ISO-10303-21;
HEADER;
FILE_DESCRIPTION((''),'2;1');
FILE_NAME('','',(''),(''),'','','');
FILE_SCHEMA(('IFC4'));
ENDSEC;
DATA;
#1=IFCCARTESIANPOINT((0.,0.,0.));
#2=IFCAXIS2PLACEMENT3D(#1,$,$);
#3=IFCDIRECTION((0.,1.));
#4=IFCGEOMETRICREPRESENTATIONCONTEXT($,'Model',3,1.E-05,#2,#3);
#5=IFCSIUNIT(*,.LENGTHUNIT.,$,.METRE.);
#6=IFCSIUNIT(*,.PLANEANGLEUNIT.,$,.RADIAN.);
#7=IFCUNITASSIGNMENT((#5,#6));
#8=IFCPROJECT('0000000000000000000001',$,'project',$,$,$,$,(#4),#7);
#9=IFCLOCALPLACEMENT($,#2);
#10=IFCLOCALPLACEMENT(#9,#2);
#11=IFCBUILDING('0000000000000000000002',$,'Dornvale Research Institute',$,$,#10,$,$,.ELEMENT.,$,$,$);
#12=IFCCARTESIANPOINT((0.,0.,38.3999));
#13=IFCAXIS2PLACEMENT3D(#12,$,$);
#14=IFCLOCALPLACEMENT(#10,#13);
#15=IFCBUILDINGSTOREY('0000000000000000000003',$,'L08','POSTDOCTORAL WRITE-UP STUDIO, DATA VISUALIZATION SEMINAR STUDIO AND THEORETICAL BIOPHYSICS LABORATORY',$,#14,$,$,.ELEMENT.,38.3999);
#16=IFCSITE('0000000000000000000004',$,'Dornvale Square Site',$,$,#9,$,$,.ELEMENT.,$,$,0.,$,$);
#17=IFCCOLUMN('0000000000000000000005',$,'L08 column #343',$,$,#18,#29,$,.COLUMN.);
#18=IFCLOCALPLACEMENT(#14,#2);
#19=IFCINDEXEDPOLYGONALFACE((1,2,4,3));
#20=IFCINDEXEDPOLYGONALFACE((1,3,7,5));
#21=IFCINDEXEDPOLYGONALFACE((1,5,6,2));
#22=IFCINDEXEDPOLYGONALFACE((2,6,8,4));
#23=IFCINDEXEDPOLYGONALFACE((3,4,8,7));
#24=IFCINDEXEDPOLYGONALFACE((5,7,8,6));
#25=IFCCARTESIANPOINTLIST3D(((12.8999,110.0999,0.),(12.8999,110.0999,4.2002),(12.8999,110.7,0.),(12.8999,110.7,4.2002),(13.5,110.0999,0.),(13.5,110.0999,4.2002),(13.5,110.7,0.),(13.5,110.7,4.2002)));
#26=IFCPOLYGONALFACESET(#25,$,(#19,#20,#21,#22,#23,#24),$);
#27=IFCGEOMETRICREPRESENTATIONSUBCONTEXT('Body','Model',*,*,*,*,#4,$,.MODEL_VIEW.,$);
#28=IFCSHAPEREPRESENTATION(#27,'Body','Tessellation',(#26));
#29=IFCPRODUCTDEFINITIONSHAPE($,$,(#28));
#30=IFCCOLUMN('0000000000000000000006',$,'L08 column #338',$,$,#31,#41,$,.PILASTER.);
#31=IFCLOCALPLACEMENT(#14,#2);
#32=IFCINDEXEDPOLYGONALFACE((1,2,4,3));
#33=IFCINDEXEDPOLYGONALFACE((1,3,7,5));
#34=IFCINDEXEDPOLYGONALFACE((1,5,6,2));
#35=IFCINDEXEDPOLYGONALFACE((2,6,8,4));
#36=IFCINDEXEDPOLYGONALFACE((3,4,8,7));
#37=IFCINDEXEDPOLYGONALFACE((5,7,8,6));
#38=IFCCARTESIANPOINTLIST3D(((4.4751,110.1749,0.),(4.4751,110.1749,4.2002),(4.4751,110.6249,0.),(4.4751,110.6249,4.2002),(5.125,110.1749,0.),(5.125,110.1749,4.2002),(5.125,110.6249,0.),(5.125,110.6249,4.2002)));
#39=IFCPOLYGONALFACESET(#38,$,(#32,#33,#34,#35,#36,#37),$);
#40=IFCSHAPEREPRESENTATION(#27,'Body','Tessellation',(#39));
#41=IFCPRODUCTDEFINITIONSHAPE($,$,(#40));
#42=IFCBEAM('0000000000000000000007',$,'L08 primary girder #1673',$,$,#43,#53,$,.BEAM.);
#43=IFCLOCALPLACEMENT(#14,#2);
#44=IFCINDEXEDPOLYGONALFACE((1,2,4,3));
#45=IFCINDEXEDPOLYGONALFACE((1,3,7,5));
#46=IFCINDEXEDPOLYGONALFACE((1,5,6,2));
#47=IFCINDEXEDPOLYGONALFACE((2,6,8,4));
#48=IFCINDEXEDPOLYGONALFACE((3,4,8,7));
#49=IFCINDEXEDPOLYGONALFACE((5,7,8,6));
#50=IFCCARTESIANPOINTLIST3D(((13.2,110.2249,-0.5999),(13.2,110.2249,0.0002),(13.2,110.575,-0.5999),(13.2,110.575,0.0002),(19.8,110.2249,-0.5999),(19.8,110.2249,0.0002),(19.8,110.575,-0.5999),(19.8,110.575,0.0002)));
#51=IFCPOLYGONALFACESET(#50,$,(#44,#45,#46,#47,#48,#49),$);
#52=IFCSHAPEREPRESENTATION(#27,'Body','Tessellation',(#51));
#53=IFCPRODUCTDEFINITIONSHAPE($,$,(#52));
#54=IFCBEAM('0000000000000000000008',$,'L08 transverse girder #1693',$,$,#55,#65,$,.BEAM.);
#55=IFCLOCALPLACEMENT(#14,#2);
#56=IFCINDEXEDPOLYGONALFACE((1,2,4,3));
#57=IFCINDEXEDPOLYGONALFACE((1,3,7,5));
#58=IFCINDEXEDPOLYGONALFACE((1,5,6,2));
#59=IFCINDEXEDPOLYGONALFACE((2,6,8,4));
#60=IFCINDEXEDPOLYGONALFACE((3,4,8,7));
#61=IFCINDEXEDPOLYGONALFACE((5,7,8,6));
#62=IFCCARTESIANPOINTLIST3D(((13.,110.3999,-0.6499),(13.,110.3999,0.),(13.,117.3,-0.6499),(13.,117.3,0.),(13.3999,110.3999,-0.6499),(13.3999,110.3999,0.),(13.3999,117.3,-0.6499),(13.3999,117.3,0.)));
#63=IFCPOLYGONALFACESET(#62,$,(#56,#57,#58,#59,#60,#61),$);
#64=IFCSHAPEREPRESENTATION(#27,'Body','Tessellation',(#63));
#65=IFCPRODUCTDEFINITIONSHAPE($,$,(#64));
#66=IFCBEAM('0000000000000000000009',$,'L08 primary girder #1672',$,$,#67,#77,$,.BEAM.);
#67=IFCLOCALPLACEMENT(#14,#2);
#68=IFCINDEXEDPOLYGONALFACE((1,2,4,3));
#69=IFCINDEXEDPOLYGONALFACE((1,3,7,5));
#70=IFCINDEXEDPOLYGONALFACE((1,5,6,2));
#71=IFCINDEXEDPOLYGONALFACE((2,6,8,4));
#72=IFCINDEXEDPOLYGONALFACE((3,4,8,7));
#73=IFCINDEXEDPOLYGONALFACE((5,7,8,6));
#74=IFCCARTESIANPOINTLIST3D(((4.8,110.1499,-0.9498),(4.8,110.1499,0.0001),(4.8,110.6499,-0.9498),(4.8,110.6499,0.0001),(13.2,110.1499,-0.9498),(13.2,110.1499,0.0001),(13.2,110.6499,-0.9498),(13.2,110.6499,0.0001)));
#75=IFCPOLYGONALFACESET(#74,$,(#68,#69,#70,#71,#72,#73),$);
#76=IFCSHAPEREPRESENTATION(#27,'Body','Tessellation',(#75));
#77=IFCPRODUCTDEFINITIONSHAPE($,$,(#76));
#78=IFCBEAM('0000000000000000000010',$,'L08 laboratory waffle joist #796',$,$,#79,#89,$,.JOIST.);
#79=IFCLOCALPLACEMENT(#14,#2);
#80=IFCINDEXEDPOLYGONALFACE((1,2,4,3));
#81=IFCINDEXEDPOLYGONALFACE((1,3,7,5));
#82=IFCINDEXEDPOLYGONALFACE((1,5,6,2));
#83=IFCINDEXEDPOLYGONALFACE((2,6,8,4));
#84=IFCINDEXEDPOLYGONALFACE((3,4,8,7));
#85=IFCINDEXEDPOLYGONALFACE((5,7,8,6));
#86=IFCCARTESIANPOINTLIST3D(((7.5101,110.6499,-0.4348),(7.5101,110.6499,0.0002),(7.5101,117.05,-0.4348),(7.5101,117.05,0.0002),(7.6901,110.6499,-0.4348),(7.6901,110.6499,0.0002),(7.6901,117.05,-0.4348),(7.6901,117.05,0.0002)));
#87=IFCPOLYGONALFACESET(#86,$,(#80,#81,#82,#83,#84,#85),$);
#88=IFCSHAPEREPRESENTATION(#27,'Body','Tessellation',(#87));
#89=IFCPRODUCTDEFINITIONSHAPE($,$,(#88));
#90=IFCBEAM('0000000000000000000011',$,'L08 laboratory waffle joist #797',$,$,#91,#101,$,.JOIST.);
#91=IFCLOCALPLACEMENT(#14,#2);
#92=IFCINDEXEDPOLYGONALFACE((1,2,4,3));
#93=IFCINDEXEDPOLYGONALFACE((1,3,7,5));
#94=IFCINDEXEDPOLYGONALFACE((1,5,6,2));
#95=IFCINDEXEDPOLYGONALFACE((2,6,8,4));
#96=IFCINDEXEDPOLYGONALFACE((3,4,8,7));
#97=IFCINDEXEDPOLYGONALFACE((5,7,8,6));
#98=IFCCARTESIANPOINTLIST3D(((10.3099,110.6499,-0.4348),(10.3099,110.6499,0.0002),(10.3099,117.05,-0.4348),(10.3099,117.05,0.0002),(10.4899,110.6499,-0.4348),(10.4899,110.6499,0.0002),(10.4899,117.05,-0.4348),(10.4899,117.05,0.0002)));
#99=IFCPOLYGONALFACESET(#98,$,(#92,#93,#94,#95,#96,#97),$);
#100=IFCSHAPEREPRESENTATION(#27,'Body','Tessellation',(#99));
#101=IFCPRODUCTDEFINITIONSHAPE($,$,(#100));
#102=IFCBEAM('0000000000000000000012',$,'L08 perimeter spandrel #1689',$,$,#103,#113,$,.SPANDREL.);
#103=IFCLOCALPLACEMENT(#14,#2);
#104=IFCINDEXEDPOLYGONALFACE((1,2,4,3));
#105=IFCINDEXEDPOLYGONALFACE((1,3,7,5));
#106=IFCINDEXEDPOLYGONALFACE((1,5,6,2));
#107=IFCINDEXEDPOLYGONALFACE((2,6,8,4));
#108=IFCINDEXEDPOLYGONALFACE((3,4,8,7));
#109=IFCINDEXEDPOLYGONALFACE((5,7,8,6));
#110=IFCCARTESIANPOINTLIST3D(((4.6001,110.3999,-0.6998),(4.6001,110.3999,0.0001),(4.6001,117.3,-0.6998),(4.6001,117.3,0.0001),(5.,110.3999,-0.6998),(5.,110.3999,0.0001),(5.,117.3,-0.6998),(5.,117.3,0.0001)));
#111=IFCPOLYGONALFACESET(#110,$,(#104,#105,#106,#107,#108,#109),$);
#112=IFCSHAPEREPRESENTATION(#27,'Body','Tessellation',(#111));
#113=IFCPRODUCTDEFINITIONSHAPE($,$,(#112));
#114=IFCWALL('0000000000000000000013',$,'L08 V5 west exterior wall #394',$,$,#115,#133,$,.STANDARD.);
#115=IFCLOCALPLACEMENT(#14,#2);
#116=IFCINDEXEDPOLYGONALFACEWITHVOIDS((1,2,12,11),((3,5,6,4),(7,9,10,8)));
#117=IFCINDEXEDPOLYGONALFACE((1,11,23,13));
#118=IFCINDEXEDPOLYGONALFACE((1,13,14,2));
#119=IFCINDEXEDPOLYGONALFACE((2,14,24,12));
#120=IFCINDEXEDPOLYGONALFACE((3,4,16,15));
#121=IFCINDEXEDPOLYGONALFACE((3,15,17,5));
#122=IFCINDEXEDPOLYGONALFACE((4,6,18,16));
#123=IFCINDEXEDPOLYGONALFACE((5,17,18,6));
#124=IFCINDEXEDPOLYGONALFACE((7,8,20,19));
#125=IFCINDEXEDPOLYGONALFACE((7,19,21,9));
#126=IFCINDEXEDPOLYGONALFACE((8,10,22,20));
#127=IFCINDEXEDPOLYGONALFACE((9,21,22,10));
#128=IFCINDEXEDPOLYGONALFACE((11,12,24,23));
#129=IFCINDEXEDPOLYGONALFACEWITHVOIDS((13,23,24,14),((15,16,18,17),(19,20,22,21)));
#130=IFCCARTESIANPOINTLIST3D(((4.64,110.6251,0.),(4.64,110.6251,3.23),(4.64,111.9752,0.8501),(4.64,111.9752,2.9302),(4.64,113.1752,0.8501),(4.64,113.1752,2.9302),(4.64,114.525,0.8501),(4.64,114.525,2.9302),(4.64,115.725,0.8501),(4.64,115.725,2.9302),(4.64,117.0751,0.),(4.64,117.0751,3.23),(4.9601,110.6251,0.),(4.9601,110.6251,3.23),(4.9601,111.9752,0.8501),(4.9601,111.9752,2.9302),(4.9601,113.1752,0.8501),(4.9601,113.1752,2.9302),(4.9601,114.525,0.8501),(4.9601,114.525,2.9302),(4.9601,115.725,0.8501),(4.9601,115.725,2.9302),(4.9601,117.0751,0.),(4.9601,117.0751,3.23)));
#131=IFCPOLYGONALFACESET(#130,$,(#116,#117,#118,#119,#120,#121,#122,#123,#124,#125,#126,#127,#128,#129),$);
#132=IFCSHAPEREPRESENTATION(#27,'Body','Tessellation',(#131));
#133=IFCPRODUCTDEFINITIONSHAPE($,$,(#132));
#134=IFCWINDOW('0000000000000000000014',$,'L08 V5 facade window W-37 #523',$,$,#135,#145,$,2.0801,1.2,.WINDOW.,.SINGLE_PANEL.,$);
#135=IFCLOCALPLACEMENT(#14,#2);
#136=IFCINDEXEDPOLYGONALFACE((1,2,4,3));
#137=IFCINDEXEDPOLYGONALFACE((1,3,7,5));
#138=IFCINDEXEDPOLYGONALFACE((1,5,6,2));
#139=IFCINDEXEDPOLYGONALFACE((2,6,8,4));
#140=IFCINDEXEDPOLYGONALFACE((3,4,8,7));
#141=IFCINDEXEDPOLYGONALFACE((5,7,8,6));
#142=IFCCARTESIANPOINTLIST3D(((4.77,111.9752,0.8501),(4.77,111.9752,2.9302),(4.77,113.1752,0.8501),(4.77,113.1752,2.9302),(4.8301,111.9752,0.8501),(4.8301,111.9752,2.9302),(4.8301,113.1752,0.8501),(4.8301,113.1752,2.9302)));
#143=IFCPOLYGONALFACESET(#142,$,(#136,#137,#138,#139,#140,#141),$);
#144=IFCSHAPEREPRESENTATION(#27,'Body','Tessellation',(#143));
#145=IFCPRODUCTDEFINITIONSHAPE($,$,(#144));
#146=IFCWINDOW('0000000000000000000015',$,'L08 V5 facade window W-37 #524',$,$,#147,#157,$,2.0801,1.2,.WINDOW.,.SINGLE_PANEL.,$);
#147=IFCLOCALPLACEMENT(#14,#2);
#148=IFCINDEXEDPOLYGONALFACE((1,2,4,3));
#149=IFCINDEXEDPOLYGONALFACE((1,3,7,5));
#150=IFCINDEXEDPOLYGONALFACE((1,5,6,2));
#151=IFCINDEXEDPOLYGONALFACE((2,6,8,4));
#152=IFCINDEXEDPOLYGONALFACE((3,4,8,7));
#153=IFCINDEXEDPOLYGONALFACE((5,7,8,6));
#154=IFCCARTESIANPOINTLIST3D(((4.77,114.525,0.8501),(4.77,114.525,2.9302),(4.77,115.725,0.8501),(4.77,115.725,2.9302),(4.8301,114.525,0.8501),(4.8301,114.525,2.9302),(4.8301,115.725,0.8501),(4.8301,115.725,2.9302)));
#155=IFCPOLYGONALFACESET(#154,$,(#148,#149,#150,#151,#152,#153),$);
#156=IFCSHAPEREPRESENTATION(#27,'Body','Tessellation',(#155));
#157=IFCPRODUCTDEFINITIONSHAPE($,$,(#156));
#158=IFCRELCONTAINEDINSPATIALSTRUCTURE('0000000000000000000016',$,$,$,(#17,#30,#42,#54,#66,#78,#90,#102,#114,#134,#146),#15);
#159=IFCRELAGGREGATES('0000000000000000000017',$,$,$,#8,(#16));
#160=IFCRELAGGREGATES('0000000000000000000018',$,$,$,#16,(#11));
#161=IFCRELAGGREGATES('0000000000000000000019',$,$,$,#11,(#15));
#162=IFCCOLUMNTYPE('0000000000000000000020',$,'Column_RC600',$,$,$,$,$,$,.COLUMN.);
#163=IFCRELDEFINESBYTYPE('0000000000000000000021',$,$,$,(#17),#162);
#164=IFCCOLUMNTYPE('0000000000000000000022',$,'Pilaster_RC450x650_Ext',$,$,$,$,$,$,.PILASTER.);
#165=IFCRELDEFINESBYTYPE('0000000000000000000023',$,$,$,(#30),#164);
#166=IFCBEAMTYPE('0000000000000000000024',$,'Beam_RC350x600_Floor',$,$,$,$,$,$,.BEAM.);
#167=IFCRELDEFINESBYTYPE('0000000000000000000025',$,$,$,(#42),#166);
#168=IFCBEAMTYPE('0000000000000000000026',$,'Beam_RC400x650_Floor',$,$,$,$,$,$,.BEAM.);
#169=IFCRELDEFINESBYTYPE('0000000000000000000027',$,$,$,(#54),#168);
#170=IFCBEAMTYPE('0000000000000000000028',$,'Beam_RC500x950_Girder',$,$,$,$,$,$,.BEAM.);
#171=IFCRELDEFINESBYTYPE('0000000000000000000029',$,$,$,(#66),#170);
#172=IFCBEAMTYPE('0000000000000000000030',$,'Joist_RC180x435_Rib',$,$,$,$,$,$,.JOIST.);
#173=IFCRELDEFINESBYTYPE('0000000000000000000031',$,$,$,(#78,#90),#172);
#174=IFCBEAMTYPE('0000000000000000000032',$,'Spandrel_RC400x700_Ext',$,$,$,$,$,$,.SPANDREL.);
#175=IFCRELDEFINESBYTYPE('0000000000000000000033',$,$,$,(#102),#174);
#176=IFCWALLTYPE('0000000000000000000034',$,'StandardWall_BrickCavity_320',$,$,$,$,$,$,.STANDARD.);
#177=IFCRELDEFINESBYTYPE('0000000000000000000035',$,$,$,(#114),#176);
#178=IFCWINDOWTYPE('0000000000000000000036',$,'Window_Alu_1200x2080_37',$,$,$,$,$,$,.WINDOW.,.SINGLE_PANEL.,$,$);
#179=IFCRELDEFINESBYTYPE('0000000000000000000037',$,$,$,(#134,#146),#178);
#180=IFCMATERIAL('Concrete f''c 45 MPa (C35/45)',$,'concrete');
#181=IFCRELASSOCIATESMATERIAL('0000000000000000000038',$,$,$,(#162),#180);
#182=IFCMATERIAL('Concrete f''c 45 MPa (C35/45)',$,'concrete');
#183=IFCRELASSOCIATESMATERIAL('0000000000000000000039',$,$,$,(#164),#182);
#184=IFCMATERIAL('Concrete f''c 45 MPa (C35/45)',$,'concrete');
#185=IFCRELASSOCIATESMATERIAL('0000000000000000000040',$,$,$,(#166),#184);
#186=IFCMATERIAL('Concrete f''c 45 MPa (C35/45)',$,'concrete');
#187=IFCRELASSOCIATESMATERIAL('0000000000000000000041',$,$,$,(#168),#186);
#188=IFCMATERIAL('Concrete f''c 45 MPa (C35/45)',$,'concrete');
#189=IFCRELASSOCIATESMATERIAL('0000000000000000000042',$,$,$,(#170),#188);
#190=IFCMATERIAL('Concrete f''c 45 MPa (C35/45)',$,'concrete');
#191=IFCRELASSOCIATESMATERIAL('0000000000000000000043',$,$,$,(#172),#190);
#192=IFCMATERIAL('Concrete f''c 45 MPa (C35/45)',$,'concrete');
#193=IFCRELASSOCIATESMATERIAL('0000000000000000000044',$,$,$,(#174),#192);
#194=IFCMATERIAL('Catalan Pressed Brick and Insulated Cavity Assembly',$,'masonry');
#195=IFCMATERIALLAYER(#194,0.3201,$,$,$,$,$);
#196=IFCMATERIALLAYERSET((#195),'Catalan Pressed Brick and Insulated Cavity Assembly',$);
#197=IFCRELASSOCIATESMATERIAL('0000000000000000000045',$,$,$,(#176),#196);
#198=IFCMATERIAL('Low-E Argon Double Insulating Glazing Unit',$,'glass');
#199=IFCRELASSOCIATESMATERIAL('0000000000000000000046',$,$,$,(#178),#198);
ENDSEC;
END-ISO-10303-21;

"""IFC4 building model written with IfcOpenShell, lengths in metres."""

from ifc_helpers import new_model, si_unit, direction, frame, frame_2d, origin, origin_2d, place, context, subcontext, project, spatial, rectangle, extrude, material, layer, layer_set, material_profile, profile_set, type_object, element, fill, save


model = new_model("IFC4")

# Units and contexts
model_context = context("Model", 3, precision=1e-05, world=origin(), true_north=direction((0.0, 1.0)))
body_context = subcontext(model_context, "Body", "Model", "MODEL_VIEW")
ifc_project = project(units=[si_unit("LENGTHUNIT", "METRE"), si_unit("PLANEANGLEUNIT", "RADIAN")], contexts=[model_context])

# Site, building, storey
site_placement = place(None, origin())
site = spatial("IfcSite", under=ifc_project, at=site_placement, Name="Dornvale Square Site", CompositionType="ELEMENT", RefElevation=0.0)
building_placement = place(site_placement, origin())
building = spatial("IfcBuilding", under=site, at=building_placement, Name="Dornvale Research Institute", CompositionType="ELEMENT")
storey_placement = place(building_placement, frame((0.0, 0.0, 38.3999)))
storey = spatial("IfcBuildingStorey", under=building, at=storey_placement, Name="L08", Description="POSTDOCTORAL WRITE-UP STUDIO, DATA VISUALIZATION SEMINAR STUDIO AND THEORETICAL BIOPHYSICS LABORATORY", CompositionType="ELEMENT", Elevation=38.3999)

# Columns
ifc_material_1 = material(Name="Concrete f'c 45 MPa (C35/45)", Category="concrete")
ifc_material_profile_1 = material_profile(ifc_material_1, rectangle(XDim=0.6001, YDim=0.6001, at=origin_2d()), Name="RC 600x600")
ifc_profile_set_1 = profile_set([ifc_material_profile_1], Name="Concrete f'c 45 MPa (C35/45)")
column_type_1 = type_object("IfcColumnType", Name="Column_RC600", PredefinedType="COLUMN", material=ifc_profile_set_1)
column_1_placement = place(storey_placement, frame((13.2, 110.3999, 0.0), z_axis=(0.0, 0.0, 1.0), x_axis=(1.0, 0.0, 0.0)))
element("IfcColumn", 1, at=column_1_placement, inside=storey, type_object=column_type_1, Name="L08 column #343", PredefinedType="COLUMN", context=body_context, shape_type="SweptSolid", body=[
    extrude(rectangle(XDim=0.6001, YDim=0.6001, at=origin_2d()), origin(), (0.0, 0.0, 1.0), 4.2002),
])
ifc_material_2 = material(Name="Concrete f'c 45 MPa (C35/45)", Category="concrete")
ifc_material_profile_2 = material_profile(ifc_material_2, rectangle(XDim=0.45, YDim=0.6499, at=origin_2d()), Name="RC 450x650")
ifc_profile_set_2 = profile_set([ifc_material_profile_2], Name="Concrete f'c 45 MPa (C35/45)")
column_type_2 = type_object("IfcColumnType", Name="Pilaster_RC450x650_Ext", PredefinedType="PILASTER", material=ifc_profile_set_2)
column_2_placement = place(storey_placement, frame((4.8, 110.3999, 0.0), z_axis=(0.0, 0.0, 1.0), x_axis=(0.0, 1.0, 0.0)))
element("IfcColumn", 2, at=column_2_placement, inside=storey, type_object=column_type_2, Name="L08 column #338", PredefinedType="PILASTER", context=body_context, shape_type="SweptSolid", body=[
    extrude(rectangle(XDim=0.45, YDim=0.6499, at=origin_2d()), origin(), (0.0, 0.0, 1.0), 4.2002),
])

# Beams
ifc_material_3 = material(Name="Concrete f'c 45 MPa (C35/45)", Category="concrete")
ifc_material_profile_3 = material_profile(ifc_material_3, rectangle(XDim=0.3501, YDim=0.6001, at=origin_2d()), Name="RC 350x600")
ifc_profile_set_3 = profile_set([ifc_material_profile_3], Name="Concrete f'c 45 MPa (C35/45)")
beam_type_1 = type_object("IfcBeamType", Name="Beam_RC350x600_Floor", PredefinedType="BEAM", material=ifc_profile_set_3)
beam_1_placement = place(storey_placement, frame((13.2, 110.3999, -0.2998), z_axis=(1.0, 0.0, 0.0), x_axis=(0.0, 1.0, 0.0)))
element("IfcBeam", 3, at=beam_1_placement, inside=storey, type_object=beam_type_1, Name="L08 primary girder #1673", PredefinedType="BEAM", context=body_context, shape_type="SweptSolid", body=[
    extrude(rectangle(XDim=0.3501, YDim=0.6001, at=origin_2d()), origin(), (0.0, 0.0, 1.0), 6.6001),
])
ifc_material_4 = material(Name="Concrete f'c 45 MPa (C35/45)", Category="concrete")
ifc_material_profile_4 = material_profile(ifc_material_4, rectangle(XDim=0.3999, YDim=0.6499, at=origin_2d()), Name="RC 400x650")
ifc_profile_set_4 = profile_set([ifc_material_profile_4], Name="Concrete f'c 45 MPa (C35/45)")
beam_type_2 = type_object("IfcBeamType", Name="Beam_RC400x650_Floor", PredefinedType="BEAM", material=ifc_profile_set_4)
beam_2_placement = place(storey_placement, frame((13.2, 110.3999, -0.325), z_axis=(0.0, 1.0, 0.0), x_axis=(-1.0, 0.0, 0.0)))
element("IfcBeam", 4, at=beam_2_placement, inside=storey, type_object=beam_type_2, Name="L08 transverse girder #1693", PredefinedType="BEAM", context=body_context, shape_type="SweptSolid", body=[
    extrude(rectangle(XDim=0.3999, YDim=0.6499, at=origin_2d()), origin(), (0.0, 0.0, 1.0), 6.9001),
])
ifc_material_5 = material(Name="Concrete f'c 45 MPa (C35/45)", Category="concrete")
ifc_material_profile_5 = material_profile(ifc_material_5, rectangle(XDim=0.5, YDim=0.95, at=origin_2d()), Name="RC 500x950")
ifc_profile_set_5 = profile_set([ifc_material_profile_5], Name="Concrete f'c 45 MPa (C35/45)")
beam_type_3 = type_object("IfcBeamType", Name="Beam_RC500x950_Girder", PredefinedType="BEAM", material=ifc_profile_set_5)
beam_3_placement = place(storey_placement, frame((4.8, 110.3999, -0.4749), z_axis=(1.0, 0.0, 0.0), x_axis=(0.0, 1.0, 0.0)))
element("IfcBeam", 5, at=beam_3_placement, inside=storey, type_object=beam_type_3, Name="L08 primary girder #1672", PredefinedType="BEAM", context=body_context, shape_type="SweptSolid", body=[
    extrude(rectangle(XDim=0.5, YDim=0.95, at=origin_2d()), origin(), (0.0, 0.0, 1.0), 8.3999),
])
ifc_material_6 = material(Name="Concrete f'c 45 MPa (C35/45)", Category="concrete")
ifc_material_profile_6 = material_profile(ifc_material_6, rectangle(XDim=0.1799, YDim=0.4351, at=origin_2d()), Name="RC 180x435")
ifc_profile_set_6 = profile_set([ifc_material_profile_6], Name="Concrete f'c 45 MPa (C35/45)")
beam_type_4 = type_object("IfcBeamType", Name="Joist_RC180x435_Rib", PredefinedType="JOIST", material=ifc_profile_set_6)
for number, where, z_axis, x_axis, name in (
    (6, (7.6001, 110.6499, -0.2173), (0.0, 1.0, 0.0), (-1.0, 0.0, 0.0), "L08 laboratory waffle joist #796"),
    (7, (10.3999, 110.6499, -0.2173), (0.0, 1.0, 0.0), (-1.0, 0.0, 0.0), "L08 laboratory waffle joist #797"),
):
    element("IfcBeam", number, at=place(storey_placement, frame(where, z_axis=z_axis, x_axis=x_axis)), inside=storey, type_object=beam_type_4, Name=name, PredefinedType="JOIST", context=body_context, shape_type="SweptSolid", body=[
        extrude(rectangle(XDim=0.1799, YDim=0.4351, at=origin_2d()), origin(), (0.0, 0.0, 1.0), 6.4001),
    ])
ifc_material_7 = material(Name="Concrete f'c 45 MPa (C35/45)", Category="concrete")
ifc_material_profile_7 = material_profile(ifc_material_7, rectangle(XDim=0.3999, YDim=0.7, at=origin_2d()), Name="RC 400x700")
ifc_profile_set_7 = profile_set([ifc_material_profile_7], Name="Concrete f'c 45 MPa (C35/45)")
beam_type_5 = type_object("IfcBeamType", Name="Spandrel_RC400x700_Ext", PredefinedType="SPANDREL", material=ifc_profile_set_7)
beam_4_placement = place(storey_placement, frame((4.8, 110.3999, -0.3499), z_axis=(0.0, 1.0, 0.0), x_axis=(-1.0, 0.0, 0.0)))
element("IfcBeam", 8, at=beam_4_placement, inside=storey, type_object=beam_type_5, Name="L08 perimeter spandrel #1689", PredefinedType="SPANDREL", context=body_context, shape_type="SweptSolid", body=[
    extrude(rectangle(XDim=0.3999, YDim=0.7, at=origin_2d()), origin(), (0.0, 0.0, 1.0), 6.9001),
])

# Wall, openings, windows
ifc_material_8 = material(Name="Catalan Pressed Brick and Insulated Cavity Assembly", Category="masonry")
ifc_layer_1 = layer(ifc_material_8, 0.3201)
ifc_layer_set_1 = layer_set([ifc_layer_1], Name="Catalan Pressed Brick and Insulated Cavity Assembly")
wall_type = type_object("IfcWallType", Name="StandardWall_BrickCavity_320", PredefinedType="STANDARD", material=ifc_layer_set_1)
wall_placement = place(storey_placement, frame((4.8, 110.625, 0.0), z_axis=(0.0, 0.0, 1.0), x_axis=(0.0, 1.0, 0.0)))
wall = element("IfcWall", 9, at=wall_placement, inside=storey, type_object=wall_type, Name="L08 V5 west exterior wall #394", PredefinedType="STANDARD", context=body_context, shape_type="SweptSolid", body=[
    extrude(rectangle(XDim=6.45, YDim=0.3201, at=frame_2d((3.2251, 0.0))), origin(), (0.0, 0.0, 1.0), 3.23),
])
opening_1_placement = place(wall_placement, frame((1.3501, 0.0, 0.8501)))
opening_1 = element("IfcOpeningElement", 10, at=opening_1_placement, cuts=wall, PredefinedType="OPENING", context=body_context, shape_type="SweptSolid", body=[
    extrude(rectangle(XDim=1.2, YDim=2.0801, at=frame_2d((0.6001, 1.04))), frame((0.0, 0.175, 0.0), z_axis=(0.0, -1.0, 0.0), x_axis=(1.0, 0.0, 0.0)), (0.0, 0.0, 1.0), 0.3501),
])
opening_2_placement = place(wall_placement, frame((3.8999, 0.0, 0.8501)))
opening_2 = element("IfcOpeningElement", 11, at=opening_2_placement, cuts=wall, PredefinedType="OPENING", context=body_context, shape_type="SweptSolid", body=[
    extrude(rectangle(XDim=1.2, YDim=2.0801, at=frame_2d((0.6001, 1.04))), frame((0.0, 0.175, 0.0), z_axis=(0.0, -1.0, 0.0), x_axis=(1.0, 0.0, 0.0)), (0.0, 0.0, 1.0), 0.3501),
])
ifc_material_9 = material(Name="Low-E Argon Double Insulating Glazing Unit", Category="glass")
window_type = type_object("IfcWindowType", Name="Window_Alu_1200x2080_37", PartitioningType="SINGLE_PANEL", PredefinedType="WINDOW", material=ifc_material_9)
window_1_placement = place(opening_1_placement, origin())
window_1 = element("IfcWindow", 12, at=window_1_placement, inside=storey, type_object=window_type, Name="L08 V5 facade window W-37 #523", OverallHeight=2.0801, OverallWidth=1.2, PartitioningType="SINGLE_PANEL", PredefinedType="WINDOW", context=body_context, shape_type="SweptSolid", body=[
    extrude(rectangle(XDim=1.2, YDim=2.0801, at=frame_2d((0.6001, 1.04))), frame((0.0, 0.03, 0.0), z_axis=(0.0, -1.0, 0.0), x_axis=(1.0, 0.0, 0.0)), (0.0, 0.0, 1.0), 0.0601),
])
fill(opening_1, window_1)
window_2_placement = place(opening_2_placement, origin())
window_2 = element("IfcWindow", 13, at=window_2_placement, inside=storey, type_object=window_type, Name="L08 V5 facade window W-37 #524", OverallHeight=2.0801, OverallWidth=1.2, PartitioningType="SINGLE_PANEL", PredefinedType="WINDOW", context=body_context, shape_type="SweptSolid", body=[
    extrude(rectangle(XDim=1.2, YDim=2.0801, at=frame_2d((0.6001, 1.04))), frame((0.0, 0.03, 0.0), z_axis=(0.0, -1.0, 0.0), x_axis=(1.0, 0.0, 0.0)), (0.0, 0.0, 1.0), 0.0601),
])
fill(opening_2, window_2)

save(model, "model.ifc")
